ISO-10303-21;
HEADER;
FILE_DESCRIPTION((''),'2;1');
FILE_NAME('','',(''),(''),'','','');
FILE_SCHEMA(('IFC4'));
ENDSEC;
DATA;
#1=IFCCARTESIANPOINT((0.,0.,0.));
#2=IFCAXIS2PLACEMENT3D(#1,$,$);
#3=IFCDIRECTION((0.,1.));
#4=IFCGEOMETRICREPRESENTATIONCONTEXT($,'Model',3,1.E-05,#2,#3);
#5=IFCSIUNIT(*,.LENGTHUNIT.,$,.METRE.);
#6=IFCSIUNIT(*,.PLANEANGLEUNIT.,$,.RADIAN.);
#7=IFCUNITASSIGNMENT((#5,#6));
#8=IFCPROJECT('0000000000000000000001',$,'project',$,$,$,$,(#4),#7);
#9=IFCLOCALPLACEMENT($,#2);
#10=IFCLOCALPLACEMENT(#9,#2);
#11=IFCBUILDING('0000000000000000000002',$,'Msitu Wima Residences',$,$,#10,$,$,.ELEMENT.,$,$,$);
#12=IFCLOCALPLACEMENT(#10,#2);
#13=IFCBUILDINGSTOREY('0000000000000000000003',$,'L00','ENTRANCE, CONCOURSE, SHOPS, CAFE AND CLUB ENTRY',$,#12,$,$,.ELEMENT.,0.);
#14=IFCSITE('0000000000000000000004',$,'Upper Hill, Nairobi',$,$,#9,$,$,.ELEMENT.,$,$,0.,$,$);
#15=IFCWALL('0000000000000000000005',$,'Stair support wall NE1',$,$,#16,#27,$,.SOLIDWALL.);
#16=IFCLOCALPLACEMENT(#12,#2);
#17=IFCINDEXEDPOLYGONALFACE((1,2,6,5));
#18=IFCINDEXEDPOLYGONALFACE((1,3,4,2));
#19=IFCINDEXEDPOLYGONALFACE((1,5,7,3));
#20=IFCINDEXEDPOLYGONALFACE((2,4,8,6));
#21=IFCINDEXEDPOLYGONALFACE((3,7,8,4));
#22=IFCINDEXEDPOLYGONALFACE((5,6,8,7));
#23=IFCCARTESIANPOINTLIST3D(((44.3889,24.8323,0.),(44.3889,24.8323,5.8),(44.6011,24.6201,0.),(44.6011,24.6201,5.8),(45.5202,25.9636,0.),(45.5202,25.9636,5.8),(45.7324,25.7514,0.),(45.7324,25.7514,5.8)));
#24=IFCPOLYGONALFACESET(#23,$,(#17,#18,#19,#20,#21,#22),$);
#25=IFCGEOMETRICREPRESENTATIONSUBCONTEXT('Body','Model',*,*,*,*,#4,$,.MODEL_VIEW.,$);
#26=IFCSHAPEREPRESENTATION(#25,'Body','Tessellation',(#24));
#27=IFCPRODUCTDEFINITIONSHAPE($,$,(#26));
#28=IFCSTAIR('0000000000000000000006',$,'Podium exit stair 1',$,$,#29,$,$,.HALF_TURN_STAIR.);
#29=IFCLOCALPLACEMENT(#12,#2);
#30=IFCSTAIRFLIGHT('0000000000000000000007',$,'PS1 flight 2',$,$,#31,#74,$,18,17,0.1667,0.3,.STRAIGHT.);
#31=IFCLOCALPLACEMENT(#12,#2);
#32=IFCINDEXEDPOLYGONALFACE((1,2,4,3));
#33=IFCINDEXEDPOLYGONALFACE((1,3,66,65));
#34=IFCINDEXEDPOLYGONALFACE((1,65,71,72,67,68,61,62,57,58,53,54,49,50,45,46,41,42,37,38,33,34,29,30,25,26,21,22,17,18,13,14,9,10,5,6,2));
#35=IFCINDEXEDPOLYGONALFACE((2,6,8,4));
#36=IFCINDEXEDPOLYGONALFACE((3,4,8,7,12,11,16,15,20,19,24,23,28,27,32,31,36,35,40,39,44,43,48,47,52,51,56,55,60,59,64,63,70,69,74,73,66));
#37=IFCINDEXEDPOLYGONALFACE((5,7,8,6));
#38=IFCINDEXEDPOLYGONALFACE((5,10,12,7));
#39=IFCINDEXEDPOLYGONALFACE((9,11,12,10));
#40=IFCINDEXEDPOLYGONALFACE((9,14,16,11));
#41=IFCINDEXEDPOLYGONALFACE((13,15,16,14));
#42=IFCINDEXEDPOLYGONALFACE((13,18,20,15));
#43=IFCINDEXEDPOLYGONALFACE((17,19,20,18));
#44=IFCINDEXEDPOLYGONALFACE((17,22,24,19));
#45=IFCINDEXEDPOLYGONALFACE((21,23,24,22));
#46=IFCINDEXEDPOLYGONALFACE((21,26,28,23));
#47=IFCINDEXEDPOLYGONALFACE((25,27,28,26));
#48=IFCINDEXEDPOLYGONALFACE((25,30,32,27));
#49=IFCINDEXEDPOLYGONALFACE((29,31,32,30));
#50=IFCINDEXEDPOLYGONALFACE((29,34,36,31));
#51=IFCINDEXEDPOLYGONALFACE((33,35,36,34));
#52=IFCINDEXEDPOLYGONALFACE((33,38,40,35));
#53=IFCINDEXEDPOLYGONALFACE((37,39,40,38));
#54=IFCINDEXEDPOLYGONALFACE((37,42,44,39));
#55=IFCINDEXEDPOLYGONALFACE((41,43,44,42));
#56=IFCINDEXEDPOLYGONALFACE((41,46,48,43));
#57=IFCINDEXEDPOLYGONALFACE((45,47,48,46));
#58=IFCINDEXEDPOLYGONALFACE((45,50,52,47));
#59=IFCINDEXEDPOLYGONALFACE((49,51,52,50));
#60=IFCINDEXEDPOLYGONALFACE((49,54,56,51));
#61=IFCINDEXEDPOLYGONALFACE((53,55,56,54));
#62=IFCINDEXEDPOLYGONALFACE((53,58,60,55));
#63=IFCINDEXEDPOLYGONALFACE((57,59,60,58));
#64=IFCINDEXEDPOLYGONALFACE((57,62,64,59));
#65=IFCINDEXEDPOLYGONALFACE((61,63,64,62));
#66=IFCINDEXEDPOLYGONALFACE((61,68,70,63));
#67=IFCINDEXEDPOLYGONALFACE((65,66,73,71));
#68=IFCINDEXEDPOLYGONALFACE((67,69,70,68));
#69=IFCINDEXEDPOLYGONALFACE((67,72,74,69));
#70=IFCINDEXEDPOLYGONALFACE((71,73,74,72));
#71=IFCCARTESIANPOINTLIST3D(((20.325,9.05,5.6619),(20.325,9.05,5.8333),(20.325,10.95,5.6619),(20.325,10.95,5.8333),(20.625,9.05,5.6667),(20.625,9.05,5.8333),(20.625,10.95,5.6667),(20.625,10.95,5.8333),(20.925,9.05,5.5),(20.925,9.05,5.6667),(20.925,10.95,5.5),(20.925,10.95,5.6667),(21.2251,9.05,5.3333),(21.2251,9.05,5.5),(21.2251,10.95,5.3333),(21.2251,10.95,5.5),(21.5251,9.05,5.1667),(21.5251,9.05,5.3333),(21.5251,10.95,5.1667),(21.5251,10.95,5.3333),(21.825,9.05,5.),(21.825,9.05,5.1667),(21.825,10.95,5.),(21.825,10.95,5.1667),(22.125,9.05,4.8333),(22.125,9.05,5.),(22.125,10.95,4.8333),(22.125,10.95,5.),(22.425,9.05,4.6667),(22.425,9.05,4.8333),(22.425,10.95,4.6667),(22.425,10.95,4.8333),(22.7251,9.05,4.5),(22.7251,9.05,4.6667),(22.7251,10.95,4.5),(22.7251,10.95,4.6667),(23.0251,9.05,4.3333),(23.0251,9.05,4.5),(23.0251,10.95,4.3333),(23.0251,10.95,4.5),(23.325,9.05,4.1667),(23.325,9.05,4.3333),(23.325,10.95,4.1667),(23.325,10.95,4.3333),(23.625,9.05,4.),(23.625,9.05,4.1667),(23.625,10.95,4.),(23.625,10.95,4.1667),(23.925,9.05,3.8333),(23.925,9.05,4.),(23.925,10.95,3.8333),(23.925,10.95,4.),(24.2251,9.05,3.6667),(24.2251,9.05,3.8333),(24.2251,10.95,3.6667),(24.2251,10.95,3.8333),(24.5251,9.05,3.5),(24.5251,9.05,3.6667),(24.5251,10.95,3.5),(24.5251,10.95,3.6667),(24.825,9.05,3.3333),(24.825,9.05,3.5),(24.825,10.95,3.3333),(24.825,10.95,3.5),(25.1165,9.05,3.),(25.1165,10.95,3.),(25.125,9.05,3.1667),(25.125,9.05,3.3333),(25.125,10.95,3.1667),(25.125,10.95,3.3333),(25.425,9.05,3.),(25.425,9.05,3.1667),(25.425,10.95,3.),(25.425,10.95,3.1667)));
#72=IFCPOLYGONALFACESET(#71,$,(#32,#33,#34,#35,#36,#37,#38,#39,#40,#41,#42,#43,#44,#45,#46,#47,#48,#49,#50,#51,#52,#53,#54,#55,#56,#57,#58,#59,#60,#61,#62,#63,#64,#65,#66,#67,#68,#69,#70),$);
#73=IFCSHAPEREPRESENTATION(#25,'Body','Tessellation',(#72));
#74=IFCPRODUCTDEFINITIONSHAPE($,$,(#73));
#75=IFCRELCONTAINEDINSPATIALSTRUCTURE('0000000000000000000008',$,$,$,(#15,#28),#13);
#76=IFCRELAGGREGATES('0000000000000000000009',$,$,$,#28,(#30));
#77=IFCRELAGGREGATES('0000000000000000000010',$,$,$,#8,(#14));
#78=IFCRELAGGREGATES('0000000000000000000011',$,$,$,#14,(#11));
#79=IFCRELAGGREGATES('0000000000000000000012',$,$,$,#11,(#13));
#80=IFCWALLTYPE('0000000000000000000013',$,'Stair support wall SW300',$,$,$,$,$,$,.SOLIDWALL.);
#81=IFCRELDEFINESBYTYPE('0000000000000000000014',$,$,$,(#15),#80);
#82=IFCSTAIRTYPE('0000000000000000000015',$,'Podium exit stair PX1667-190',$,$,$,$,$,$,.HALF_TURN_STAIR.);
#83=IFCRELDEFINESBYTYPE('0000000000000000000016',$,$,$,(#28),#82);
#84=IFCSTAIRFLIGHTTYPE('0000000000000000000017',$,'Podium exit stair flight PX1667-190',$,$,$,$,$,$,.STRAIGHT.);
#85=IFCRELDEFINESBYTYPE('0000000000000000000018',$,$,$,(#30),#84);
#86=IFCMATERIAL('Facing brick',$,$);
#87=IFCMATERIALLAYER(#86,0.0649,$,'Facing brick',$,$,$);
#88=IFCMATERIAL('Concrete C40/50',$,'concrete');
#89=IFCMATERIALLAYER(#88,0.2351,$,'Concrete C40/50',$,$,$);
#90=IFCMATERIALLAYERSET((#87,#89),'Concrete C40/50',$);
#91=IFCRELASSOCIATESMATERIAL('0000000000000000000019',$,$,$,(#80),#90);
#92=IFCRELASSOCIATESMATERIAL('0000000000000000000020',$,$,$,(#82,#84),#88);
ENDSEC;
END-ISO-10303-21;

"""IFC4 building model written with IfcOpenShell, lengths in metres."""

from ifc_helpers import new_model, si_unit, direction, frame, frame_2d, origin, place, context, subcontext, project, spatial, polyline, rectangle, outline, extrude, material, layer, layer_set, type_object, element, aggregate, save


model = new_model("IFC4")

# Units and contexts
model_context = context("Model", 3, precision=1e-05, world=origin(), true_north=direction((0.0, 1.0)))
body_context = subcontext(model_context, "Body", "Model", "MODEL_VIEW")
ifc_project = project(units=[si_unit("LENGTHUNIT", "METRE"), si_unit("PLANEANGLEUNIT", "RADIAN")], contexts=[model_context])

# Site, building, storey
site_placement = place(None, origin())
site = spatial("IfcSite", under=ifc_project, at=site_placement, Name="Upper Hill, Nairobi", CompositionType="ELEMENT", RefElevation=0.0)
building_placement = place(site_placement, origin())
building = spatial("IfcBuilding", under=site, at=building_placement, Name="Msitu Wima Residences", CompositionType="ELEMENT")
storey_placement = place(building_placement, origin())
storey = spatial("IfcBuildingStorey", under=building, at=storey_placement, Name="L00", Description="ENTRANCE, CONCOURSE, SHOPS, CAFE AND CLUB ENTRY", CompositionType="ELEMENT", Elevation=0.0)

# Shared definitions
ifc_material_1 = material(Name="Concrete C40/50", Category="concrete")

# Wall
ifc_material_2 = material(Name="Facing brick")
ifc_layer_1 = layer(ifc_material_2, 0.0649, Name="Facing brick")
ifc_layer_2 = layer(ifc_material_1, 0.2351, Name="Concrete C40/50")
ifc_layer_set_1 = layer_set([ifc_layer_1, ifc_layer_2], Name="Concrete C40/50")
wall_type_1 = type_object("IfcWallType", Name="Stair support wall SW300", PredefinedType="SOLIDWALL", material=ifc_layer_set_1)
wall_1_placement = place(storey_placement, frame((44.4951, 24.7263, 0.0), z_axis=(0.0, 0.0, 1.0), x_axis=(0.707107, 0.707107, 0.0)))
element("IfcWall", 1, at=wall_1_placement, inside=storey, type_object=wall_type_1, Name="Stair support wall NE1", PredefinedType="SOLIDWALL", context=body_context, shape_type="SweptSolid", body=[
    extrude(rectangle(XDim=1.5999, YDim=0.3, at=frame_2d((0.7998, 0.0))), origin(), (0.0, 0.0, 1.0), 5.8),
])

# Stair, stair flight
stair_type = type_object("IfcStairType", Name="Podium exit stair PX1667-190", PredefinedType="HALF_TURN_STAIR", material=ifc_material_1)
stair_placement = place(storey_placement, origin())
stair = element("IfcStair", 2, at=stair_placement, inside=storey, type_object=stair_type, Name="Podium exit stair 1", PredefinedType="HALF_TURN_STAIR")
stair_flight_type = type_object("IfcStairFlightType", Name="Podium exit stair flight PX1667-190", PredefinedType="STRAIGHT", material=ifc_material_1)
stair_flight_placement = place(storey_placement, frame((25.425, 10.0, 3.0), z_axis=(0.0, 0.0, 1.0), x_axis=(-1.0, 0.0, 0.0)))
stair_flight = element("IfcStairFlight", 3, at=stair_flight_placement, type_object=stair_flight_type, Name="PS1 flight 2", NumberOfRisers=18, NumberOfTreads=17, PredefinedType="STRAIGHT", RiserHeight=0.1667, TreadLength=0.3, context=body_context, shape_type="SweptSolid", body=[
    extrude(outline(polyline([(0.0, 0.0), (0.0, 0.1667), (0.3, 0.1667), (0.3, 0.3333), (0.6001, 0.3333), (0.6001, 0.5), (0.8999, 0.5), (0.8999, 0.6667), (1.2, 0.6667), (1.2, 0.8333), (1.5, 0.8333), (1.5, 1.0), (1.8, 1.0), (1.8, 1.1667), (2.1001, 1.1667), (2.1001, 1.3333), (2.3999, 1.3333), (2.3999, 1.5), (2.7, 1.5), (2.7, 1.6667), (3.0, 1.6667), (3.0, 1.8333), (3.3, 1.8333), (3.3, 2.0), (3.6001, 2.0), (3.6001, 2.1667), (3.8999, 2.1667), (3.8999, 2.3333), (4.2, 2.3333), (4.2, 2.5), (4.5, 2.5), (4.5, 2.6667), (4.8, 2.6667), (4.8, 2.8333), (5.1001, 2.8333), (5.1001, 3.0), (5.1001, 2.6619), (0.3086, 0.0), (0.0, 0.0)])), frame((0.0, 0.95, 0.0), z_axis=(0.0, -1.0, 0.0), x_axis=(1.0, 0.0, 0.0)), (0.0, 0.0, 1.0), 1.8999),
])
aggregate(stair, [stair_flight])

save(model, "model.ifc")
